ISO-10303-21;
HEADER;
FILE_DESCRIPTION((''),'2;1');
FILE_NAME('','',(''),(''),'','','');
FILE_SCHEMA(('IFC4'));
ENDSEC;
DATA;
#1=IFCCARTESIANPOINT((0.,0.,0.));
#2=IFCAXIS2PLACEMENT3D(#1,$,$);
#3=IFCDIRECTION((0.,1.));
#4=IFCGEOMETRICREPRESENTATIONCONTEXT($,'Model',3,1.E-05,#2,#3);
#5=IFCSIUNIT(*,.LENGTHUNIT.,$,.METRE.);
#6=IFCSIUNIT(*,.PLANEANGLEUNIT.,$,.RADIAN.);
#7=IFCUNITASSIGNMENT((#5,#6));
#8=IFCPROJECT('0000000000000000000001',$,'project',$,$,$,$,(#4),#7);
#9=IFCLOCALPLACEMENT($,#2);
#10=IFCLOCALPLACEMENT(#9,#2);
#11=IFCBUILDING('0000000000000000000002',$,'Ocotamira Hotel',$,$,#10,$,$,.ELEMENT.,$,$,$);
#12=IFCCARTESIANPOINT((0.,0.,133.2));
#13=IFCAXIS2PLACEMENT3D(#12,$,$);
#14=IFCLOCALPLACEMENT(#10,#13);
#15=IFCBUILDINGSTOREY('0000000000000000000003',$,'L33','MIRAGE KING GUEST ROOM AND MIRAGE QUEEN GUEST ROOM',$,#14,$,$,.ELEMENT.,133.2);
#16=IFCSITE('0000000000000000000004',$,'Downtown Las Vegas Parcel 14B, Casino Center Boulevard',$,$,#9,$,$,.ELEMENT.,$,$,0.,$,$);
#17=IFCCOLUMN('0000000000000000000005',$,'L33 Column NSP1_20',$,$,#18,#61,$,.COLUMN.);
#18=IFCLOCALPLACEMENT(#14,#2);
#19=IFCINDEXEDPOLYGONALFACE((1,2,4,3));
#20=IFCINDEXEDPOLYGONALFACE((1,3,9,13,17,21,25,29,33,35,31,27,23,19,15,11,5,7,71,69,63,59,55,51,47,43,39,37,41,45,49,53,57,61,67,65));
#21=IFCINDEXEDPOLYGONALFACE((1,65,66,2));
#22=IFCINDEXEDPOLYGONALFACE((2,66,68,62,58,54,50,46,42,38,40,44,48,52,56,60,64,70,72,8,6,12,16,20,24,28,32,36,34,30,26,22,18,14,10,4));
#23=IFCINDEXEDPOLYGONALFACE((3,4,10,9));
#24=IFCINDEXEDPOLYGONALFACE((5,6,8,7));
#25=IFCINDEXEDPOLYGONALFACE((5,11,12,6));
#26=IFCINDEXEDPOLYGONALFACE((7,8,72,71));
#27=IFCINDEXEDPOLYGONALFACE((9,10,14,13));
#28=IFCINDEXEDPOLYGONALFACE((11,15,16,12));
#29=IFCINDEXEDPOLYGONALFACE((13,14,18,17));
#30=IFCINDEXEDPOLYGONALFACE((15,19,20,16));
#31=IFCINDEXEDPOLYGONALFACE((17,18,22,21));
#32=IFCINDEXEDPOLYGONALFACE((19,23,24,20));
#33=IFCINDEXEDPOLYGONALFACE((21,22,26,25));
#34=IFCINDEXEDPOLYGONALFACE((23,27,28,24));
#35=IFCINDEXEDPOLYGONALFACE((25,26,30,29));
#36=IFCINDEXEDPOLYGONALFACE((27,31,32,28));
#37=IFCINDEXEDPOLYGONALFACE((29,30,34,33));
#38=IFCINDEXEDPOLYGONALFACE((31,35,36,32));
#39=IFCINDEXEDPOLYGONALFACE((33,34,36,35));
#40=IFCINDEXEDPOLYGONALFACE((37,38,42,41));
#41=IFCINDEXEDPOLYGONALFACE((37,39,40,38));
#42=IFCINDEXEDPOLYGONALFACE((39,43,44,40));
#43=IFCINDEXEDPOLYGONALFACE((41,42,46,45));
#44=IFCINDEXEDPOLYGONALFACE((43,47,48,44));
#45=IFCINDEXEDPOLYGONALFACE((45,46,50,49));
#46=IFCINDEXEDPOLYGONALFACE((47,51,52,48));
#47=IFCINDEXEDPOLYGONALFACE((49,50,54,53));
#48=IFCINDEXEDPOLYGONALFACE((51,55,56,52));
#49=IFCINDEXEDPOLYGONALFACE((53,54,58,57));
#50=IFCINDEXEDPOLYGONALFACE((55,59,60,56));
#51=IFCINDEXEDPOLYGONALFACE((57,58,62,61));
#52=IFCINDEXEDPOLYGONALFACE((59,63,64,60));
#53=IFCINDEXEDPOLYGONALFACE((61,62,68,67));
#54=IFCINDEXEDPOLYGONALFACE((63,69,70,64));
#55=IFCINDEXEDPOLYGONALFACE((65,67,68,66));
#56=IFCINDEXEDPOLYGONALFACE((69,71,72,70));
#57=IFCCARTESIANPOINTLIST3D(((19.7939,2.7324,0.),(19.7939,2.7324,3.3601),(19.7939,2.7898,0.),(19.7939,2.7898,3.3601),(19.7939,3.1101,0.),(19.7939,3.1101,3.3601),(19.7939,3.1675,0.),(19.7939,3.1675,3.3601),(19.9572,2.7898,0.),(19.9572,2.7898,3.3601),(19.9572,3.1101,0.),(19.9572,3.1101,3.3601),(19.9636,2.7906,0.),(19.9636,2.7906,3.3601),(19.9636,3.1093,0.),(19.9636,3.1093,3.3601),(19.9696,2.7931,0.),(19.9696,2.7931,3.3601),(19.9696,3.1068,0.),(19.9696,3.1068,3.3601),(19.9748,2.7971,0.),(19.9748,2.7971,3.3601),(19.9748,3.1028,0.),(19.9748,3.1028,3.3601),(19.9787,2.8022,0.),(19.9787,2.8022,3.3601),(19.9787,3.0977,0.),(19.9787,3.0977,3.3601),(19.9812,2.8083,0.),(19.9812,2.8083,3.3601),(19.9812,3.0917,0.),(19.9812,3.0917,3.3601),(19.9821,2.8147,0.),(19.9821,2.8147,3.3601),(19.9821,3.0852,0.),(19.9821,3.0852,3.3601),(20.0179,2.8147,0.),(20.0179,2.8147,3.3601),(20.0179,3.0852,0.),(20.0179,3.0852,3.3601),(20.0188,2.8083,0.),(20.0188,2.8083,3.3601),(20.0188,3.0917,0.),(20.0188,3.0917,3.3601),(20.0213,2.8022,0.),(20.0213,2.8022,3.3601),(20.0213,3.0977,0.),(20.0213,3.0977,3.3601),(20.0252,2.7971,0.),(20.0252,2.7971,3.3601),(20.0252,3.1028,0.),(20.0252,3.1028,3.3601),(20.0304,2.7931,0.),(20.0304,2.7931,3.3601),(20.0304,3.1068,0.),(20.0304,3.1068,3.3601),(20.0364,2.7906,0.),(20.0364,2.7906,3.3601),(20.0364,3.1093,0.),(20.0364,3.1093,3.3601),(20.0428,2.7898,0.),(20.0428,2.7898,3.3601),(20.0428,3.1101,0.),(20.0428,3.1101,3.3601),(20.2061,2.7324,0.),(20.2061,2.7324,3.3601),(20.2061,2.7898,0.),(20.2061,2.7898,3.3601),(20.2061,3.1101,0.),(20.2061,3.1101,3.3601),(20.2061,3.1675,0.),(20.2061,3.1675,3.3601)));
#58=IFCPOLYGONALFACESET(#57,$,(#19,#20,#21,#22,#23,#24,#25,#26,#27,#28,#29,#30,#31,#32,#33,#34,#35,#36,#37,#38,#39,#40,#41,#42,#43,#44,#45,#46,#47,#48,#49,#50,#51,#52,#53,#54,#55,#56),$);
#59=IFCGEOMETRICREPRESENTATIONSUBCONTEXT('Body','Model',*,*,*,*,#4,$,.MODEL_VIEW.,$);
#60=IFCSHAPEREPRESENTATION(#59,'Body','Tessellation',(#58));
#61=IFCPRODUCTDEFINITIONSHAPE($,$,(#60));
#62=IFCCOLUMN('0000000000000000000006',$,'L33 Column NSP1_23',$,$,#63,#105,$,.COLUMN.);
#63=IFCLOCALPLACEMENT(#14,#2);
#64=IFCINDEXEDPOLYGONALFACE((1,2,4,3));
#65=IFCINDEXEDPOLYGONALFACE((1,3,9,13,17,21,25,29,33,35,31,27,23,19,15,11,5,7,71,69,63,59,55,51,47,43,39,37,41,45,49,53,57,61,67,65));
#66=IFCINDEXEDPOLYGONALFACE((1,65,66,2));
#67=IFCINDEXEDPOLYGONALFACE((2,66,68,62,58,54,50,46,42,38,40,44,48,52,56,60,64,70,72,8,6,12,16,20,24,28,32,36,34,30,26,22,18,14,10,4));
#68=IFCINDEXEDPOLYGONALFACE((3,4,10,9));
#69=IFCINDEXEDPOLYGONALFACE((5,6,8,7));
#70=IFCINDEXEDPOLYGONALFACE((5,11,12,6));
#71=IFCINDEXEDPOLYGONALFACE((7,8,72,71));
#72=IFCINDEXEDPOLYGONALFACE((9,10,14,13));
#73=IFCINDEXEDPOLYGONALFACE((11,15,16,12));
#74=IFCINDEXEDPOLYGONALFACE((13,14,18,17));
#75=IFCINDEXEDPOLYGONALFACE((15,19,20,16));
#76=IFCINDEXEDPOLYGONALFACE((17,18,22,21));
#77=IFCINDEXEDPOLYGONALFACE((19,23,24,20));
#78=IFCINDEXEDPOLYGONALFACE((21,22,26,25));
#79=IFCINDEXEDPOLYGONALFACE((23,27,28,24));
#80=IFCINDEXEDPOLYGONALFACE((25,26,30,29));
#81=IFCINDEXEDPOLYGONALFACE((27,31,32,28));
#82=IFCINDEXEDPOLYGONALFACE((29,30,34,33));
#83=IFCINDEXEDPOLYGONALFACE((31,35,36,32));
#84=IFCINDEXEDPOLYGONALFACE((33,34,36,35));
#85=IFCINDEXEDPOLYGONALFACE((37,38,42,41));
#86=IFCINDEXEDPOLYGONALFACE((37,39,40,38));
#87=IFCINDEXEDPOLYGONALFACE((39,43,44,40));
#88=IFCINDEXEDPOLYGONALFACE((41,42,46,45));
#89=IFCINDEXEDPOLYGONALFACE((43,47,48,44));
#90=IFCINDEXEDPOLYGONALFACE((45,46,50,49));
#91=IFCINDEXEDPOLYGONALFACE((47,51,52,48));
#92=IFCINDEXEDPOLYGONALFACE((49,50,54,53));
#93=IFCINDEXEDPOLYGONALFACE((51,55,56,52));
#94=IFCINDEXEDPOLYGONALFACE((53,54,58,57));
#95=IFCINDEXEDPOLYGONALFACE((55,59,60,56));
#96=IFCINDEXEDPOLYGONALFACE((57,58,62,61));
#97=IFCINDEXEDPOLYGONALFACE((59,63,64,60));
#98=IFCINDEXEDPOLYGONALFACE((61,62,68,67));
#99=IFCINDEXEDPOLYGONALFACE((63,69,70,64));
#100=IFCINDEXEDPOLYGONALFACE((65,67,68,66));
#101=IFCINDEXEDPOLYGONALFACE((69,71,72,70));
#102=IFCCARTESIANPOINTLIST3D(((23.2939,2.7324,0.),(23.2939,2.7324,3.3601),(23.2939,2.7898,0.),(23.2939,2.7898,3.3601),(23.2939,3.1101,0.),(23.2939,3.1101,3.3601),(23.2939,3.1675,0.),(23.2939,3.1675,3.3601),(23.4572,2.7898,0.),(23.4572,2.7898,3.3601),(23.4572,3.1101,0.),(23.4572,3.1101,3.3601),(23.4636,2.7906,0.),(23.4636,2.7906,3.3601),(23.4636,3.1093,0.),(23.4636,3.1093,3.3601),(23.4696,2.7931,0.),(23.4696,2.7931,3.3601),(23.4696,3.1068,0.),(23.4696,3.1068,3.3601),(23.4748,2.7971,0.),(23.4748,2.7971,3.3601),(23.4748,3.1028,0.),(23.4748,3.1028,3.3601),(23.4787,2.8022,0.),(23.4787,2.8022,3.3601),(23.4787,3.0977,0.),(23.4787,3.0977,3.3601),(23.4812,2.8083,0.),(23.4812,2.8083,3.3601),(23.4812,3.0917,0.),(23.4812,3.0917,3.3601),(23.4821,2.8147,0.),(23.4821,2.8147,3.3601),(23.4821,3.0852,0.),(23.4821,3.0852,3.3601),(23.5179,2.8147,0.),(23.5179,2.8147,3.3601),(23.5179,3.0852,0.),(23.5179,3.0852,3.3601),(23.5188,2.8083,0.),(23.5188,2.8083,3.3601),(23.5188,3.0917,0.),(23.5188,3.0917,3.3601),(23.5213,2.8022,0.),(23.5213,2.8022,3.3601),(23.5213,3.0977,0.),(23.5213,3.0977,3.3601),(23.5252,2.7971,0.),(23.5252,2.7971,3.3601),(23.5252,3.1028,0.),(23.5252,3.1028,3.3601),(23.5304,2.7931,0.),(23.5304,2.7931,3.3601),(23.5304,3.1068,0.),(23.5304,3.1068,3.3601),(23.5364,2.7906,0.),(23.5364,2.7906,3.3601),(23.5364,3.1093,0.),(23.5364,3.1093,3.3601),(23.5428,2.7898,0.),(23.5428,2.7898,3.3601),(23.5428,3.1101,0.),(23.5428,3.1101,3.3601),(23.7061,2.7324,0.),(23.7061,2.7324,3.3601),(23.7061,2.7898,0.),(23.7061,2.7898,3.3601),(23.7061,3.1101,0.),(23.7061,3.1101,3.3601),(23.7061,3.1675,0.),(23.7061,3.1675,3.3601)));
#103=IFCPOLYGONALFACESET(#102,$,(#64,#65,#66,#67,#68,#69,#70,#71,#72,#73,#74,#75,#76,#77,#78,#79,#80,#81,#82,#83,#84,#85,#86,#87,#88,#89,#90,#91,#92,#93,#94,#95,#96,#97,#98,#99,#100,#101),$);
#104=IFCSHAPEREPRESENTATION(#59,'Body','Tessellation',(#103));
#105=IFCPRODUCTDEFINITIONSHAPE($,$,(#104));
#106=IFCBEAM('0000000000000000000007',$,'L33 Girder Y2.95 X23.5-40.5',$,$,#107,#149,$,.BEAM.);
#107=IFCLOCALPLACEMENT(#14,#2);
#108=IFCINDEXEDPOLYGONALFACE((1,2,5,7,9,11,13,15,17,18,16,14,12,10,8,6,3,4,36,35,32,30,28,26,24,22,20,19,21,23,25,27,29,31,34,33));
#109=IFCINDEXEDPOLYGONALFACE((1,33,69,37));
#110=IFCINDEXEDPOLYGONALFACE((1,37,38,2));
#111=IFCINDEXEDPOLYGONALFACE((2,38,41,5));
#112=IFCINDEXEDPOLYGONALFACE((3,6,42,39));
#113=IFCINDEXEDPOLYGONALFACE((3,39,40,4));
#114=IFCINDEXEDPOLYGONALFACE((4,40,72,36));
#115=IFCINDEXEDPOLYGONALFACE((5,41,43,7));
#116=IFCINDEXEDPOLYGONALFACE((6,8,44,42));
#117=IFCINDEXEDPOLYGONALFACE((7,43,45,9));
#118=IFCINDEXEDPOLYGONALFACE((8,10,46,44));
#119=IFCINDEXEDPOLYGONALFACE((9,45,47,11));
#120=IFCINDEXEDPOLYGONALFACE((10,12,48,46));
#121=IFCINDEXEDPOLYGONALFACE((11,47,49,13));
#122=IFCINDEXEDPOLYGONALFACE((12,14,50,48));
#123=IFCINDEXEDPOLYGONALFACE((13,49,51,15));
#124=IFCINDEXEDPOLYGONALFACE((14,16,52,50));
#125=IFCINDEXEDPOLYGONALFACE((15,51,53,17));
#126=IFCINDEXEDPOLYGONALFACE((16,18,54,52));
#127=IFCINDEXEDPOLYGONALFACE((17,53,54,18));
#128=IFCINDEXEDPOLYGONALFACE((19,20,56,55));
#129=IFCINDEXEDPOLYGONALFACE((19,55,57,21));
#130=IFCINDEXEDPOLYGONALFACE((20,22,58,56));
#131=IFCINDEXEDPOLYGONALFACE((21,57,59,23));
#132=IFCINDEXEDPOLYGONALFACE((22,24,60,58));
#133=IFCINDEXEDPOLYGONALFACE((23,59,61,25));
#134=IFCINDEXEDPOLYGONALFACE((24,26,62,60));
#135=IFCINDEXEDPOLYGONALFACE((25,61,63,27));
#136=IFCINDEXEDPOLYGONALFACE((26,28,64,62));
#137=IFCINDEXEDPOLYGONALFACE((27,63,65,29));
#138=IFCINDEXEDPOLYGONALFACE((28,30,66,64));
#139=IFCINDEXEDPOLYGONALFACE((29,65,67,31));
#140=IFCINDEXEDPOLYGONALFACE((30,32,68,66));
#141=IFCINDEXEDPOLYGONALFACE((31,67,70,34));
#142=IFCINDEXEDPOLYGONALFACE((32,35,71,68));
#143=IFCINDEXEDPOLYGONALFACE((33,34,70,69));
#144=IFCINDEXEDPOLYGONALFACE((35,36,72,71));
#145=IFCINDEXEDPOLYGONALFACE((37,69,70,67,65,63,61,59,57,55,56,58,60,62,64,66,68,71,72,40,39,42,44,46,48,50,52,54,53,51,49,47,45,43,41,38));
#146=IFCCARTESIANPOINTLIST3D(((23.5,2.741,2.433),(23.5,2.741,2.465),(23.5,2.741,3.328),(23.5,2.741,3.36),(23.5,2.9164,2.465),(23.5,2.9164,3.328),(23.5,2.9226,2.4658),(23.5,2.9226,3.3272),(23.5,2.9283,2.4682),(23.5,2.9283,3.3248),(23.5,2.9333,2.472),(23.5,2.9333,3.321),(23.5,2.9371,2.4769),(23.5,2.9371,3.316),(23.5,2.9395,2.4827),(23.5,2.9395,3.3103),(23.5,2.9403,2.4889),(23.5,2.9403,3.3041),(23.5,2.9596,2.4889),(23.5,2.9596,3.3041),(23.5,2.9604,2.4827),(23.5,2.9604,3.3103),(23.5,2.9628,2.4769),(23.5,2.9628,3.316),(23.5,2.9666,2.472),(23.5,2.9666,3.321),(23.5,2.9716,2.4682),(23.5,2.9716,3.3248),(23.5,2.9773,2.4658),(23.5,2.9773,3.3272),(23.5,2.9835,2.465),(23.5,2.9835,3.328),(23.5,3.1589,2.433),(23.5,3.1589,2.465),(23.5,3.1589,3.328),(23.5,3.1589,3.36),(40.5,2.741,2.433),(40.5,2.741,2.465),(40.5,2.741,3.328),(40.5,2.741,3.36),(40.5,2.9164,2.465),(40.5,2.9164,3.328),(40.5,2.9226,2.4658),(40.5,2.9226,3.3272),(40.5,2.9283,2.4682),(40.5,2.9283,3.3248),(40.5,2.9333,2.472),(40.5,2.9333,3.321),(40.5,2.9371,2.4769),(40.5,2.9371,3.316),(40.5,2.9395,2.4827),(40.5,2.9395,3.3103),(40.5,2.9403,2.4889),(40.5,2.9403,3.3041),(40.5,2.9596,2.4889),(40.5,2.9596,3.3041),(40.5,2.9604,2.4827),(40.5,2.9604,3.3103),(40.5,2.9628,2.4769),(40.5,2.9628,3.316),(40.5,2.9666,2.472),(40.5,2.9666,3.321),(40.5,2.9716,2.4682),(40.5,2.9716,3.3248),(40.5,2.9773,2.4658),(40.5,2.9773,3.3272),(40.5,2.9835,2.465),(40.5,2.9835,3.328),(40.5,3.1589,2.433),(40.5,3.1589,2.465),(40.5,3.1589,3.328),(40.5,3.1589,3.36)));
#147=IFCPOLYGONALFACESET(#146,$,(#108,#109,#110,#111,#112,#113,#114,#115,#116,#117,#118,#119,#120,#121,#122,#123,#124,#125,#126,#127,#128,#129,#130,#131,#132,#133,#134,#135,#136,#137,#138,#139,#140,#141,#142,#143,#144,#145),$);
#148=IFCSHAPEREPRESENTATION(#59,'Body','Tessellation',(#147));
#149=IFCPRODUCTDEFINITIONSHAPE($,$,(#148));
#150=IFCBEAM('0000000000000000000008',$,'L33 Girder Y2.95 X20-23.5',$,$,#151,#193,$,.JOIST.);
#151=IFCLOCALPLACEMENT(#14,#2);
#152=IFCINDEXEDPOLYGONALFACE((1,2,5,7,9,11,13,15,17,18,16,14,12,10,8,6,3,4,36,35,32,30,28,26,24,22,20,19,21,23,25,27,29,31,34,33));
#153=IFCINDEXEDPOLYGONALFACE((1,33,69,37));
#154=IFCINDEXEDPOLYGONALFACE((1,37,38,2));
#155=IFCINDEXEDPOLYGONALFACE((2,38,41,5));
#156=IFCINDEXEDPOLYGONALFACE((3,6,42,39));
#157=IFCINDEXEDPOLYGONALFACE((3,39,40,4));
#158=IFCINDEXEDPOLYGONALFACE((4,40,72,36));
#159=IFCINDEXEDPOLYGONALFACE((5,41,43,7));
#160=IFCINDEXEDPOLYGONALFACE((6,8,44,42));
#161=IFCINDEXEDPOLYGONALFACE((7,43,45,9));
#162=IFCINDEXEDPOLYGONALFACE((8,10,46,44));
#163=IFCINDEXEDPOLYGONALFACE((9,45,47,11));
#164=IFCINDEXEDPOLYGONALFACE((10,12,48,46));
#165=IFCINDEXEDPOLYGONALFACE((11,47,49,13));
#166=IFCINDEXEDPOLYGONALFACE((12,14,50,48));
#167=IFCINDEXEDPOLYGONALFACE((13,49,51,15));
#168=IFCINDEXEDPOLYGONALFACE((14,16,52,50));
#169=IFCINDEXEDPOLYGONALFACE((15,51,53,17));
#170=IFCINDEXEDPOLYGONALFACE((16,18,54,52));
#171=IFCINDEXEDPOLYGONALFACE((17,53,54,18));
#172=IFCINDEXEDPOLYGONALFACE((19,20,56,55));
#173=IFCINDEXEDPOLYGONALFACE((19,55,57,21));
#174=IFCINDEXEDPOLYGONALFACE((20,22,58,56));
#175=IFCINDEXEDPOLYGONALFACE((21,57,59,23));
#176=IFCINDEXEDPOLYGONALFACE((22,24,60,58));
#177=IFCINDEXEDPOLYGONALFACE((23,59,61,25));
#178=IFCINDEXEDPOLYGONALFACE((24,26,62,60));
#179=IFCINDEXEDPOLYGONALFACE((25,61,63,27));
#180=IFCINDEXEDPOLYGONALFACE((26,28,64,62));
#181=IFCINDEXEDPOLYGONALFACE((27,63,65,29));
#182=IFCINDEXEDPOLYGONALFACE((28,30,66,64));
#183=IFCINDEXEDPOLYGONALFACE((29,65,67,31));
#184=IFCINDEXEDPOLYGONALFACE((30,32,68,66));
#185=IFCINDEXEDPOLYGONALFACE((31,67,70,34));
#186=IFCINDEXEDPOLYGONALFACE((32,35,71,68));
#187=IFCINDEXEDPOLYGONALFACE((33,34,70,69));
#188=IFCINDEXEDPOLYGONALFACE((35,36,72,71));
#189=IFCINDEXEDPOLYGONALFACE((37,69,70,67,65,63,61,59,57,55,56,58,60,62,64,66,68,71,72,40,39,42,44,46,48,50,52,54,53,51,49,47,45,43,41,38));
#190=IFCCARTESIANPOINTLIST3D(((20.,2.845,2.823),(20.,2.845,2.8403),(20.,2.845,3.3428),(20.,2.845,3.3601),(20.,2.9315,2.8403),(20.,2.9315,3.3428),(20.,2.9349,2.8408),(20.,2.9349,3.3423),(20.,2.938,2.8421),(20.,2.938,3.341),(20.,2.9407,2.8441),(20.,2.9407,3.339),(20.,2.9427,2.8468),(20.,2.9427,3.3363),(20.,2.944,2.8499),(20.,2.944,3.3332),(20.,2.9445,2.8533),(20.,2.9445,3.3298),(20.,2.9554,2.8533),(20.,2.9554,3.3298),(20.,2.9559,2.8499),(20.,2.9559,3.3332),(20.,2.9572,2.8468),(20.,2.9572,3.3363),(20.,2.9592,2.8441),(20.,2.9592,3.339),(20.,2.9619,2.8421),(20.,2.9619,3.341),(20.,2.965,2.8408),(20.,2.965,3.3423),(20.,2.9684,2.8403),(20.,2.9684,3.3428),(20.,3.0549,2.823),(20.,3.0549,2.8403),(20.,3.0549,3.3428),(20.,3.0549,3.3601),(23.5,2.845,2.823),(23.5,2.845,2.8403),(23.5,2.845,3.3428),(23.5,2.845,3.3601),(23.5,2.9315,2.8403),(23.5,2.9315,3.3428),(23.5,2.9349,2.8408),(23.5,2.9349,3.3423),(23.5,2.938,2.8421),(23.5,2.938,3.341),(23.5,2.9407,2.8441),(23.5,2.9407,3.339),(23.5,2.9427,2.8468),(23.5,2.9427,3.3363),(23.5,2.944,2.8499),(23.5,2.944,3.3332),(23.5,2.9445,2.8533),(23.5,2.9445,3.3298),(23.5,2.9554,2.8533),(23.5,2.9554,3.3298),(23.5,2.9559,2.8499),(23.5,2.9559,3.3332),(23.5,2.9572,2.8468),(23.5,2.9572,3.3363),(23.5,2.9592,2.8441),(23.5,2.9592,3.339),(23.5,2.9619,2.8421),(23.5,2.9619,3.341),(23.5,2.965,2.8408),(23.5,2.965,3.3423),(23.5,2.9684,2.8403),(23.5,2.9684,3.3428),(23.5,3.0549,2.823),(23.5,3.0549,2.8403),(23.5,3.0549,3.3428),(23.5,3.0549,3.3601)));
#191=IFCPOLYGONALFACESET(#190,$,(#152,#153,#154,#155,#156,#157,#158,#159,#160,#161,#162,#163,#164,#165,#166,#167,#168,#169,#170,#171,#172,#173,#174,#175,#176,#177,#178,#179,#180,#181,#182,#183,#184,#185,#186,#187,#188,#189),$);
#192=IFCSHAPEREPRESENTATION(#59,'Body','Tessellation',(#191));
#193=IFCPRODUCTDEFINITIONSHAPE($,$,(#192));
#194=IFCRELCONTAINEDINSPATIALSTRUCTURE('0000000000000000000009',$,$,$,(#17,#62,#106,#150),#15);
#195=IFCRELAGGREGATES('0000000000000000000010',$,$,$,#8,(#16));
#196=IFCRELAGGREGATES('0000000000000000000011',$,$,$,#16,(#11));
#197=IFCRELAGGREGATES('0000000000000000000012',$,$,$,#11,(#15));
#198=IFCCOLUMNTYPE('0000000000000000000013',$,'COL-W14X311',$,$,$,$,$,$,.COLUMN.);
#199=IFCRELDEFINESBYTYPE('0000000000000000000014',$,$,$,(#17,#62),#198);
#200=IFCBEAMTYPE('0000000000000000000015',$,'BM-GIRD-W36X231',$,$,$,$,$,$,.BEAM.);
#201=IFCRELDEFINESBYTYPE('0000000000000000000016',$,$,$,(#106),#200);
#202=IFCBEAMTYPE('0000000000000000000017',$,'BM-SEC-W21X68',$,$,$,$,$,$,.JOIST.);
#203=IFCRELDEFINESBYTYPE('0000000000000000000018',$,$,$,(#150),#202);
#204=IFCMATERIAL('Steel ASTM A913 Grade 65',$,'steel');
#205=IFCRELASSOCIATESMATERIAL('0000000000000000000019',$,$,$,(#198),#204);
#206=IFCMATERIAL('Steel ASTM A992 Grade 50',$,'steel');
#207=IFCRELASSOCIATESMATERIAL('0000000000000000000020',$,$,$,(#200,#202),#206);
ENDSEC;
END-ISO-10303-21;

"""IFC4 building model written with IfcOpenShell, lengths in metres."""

from ifc_helpers import new_model, si_unit, direction, frame, origin, origin_2d, place, context, subcontext, project, spatial, i_section, extrude, source, transform, mapped, material, material_profile, profile_set, type_object, element, save


model = new_model("IFC4")

# Units and contexts
model_context = context("Model", 3, precision=1e-05, world=origin(), true_north=direction((0.0, 1.0)))
body_context = subcontext(model_context, "Body", "Model", "MODEL_VIEW")
ifc_project = project(units=[si_unit("LENGTHUNIT", "METRE"), si_unit("PLANEANGLEUNIT", "RADIAN")], contexts=[model_context])

# Site, building, storey
site_placement = place(None, origin())
site = spatial("IfcSite", under=ifc_project, at=site_placement, Name="Downtown Las Vegas Parcel 14B, Casino Center Boulevard", CompositionType="ELEMENT", RefElevation=0.0)
building_placement = place(site_placement, origin())
building = spatial("IfcBuilding", under=site, at=building_placement, Name="Ocotamira Hotel", CompositionType="ELEMENT")
storey_placement = place(building_placement, frame((0.0, 0.0, 133.2)))
storey = spatial("IfcBuildingStorey", under=building, at=storey_placement, Name="L33", Description="MIRAGE KING GUEST ROOM AND MIRAGE QUEEN GUEST ROOM", CompositionType="ELEMENT", Elevation=133.2)

# Columns
ifc_material_1 = material(Name="Steel ASTM A913 Grade 65", Category="steel")
ifc_material_profile_1 = material_profile(ifc_material_1, i_section(OverallWidth=0.4121, OverallDepth=0.4351, WebThickness=0.0359, FlangeThickness=0.0574, FilletRadius=0.0249, at=origin_2d()), Name="W14X311")
ifc_profile_set_1 = profile_set([ifc_material_profile_1], Name="Steel ASTM A913 Grade 65")
column_type = type_object("IfcColumnType", Name="COL-W14X311", PredefinedType="COLUMN", material=ifc_profile_set_1)
shared_shape_1 = source(origin(), body_context, "Body", "SweptSolid", [
    extrude(i_section(OverallWidth=0.4121, OverallDepth=0.4351, WebThickness=0.0359, FlangeThickness=0.0574, FilletRadius=0.0249, at=origin_2d()), origin(), (0.0, 0.0, 1.0), 3.3601),
])
for number, where, z_axis, x_axis, name in (
    (1, (20.0, 2.95, 0.0), (0.0, 0.0, 1.0), (1.0, 0.0, 0.0), "L33 Column NSP1_20"),
    (2, (23.5, 2.95, 0.0), (0.0, 0.0, 1.0), (1.0, 0.0, 0.0), "L33 Column NSP1_23"),
):
    element("IfcColumn", number, at=place(storey_placement, frame(where, z_axis=z_axis, x_axis=x_axis)), inside=storey, type_object=column_type, Name=name, PredefinedType="COLUMN", context=body_context, shape_type="MappedRepresentation", body=[
        mapped(shared_shape_1, transform((0.0, 0.0, 0.0), scale=1.0)),
    ])

# Beams
ifc_material_2 = material(Name="Steel ASTM A992 Grade 50", Category="steel")
ifc_material_profile_2 = material_profile(ifc_material_2, i_section(OverallWidth=0.418, OverallDepth=0.927, WebThickness=0.0193, FlangeThickness=0.032, FilletRadius=0.0239, at=origin_2d()), Name="W36X231")
ifc_profile_set_2 = profile_set([ifc_material_profile_2], Name="Steel ASTM A992 Grade 50")
beam_type_1 = type_object("IfcBeamType", Name="BM-GIRD-W36X231", PredefinedType="BEAM", material=ifc_profile_set_2)
shared_shape_2 = source(origin(), body_context, "Body", "SweptSolid", [
    extrude(i_section(OverallWidth=0.418, OverallDepth=0.927, WebThickness=0.0193, FlangeThickness=0.032, FilletRadius=0.0239, at=origin_2d()), origin(), (0.0, 0.0, 1.0), 17.0),
])
beam_1_placement = place(storey_placement, frame((23.5, 2.95, 2.8965), z_axis=(1.0, 0.0, 0.0), x_axis=(0.0, 1.0, 0.0)))
element("IfcBeam", 3, at=beam_1_placement, inside=storey, type_object=beam_type_1, Name="L33 Girder Y2.95 X23.5-40.5", PredefinedType="BEAM", context=body_context, shape_type="MappedRepresentation", body=[
    mapped(shared_shape_2, transform((0.0, 0.0, 0.0), scale=1.0)),
])
ifc_material_profile_3 = material_profile(ifc_material_2, i_section(OverallWidth=0.21, OverallDepth=0.5371, WebThickness=0.011, FlangeThickness=0.0173, FilletRadius=0.0129, at=origin_2d()), Name="W21X68")
ifc_profile_set_3 = profile_set([ifc_material_profile_3], Name="Steel ASTM A992 Grade 50")
beam_type_2 = type_object("IfcBeamType", Name="BM-SEC-W21X68", PredefinedType="JOIST", material=ifc_profile_set_3)
shared_shape_3 = source(origin(), body_context, "Body", "SweptSolid", [
    extrude(i_section(OverallWidth=0.21, OverallDepth=0.5371, WebThickness=0.011, FlangeThickness=0.0173, FilletRadius=0.0129, at=origin_2d()), origin(), (0.0, 0.0, 1.0), 3.5),
])
beam_2_placement = place(storey_placement, frame((20.0, 2.95, 3.0916), z_axis=(1.0, 0.0, 0.0), x_axis=(0.0, 1.0, 0.0)))
element("IfcBeam", 4, at=beam_2_placement, inside=storey, type_object=beam_type_2, Name="L33 Girder Y2.95 X20-23.5", PredefinedType="JOIST", context=body_context, shape_type="MappedRepresentation", body=[
    mapped(shared_shape_3, transform((0.0, 0.0, 0.0), scale=1.0)),
])

save(model, "model.ifc")
